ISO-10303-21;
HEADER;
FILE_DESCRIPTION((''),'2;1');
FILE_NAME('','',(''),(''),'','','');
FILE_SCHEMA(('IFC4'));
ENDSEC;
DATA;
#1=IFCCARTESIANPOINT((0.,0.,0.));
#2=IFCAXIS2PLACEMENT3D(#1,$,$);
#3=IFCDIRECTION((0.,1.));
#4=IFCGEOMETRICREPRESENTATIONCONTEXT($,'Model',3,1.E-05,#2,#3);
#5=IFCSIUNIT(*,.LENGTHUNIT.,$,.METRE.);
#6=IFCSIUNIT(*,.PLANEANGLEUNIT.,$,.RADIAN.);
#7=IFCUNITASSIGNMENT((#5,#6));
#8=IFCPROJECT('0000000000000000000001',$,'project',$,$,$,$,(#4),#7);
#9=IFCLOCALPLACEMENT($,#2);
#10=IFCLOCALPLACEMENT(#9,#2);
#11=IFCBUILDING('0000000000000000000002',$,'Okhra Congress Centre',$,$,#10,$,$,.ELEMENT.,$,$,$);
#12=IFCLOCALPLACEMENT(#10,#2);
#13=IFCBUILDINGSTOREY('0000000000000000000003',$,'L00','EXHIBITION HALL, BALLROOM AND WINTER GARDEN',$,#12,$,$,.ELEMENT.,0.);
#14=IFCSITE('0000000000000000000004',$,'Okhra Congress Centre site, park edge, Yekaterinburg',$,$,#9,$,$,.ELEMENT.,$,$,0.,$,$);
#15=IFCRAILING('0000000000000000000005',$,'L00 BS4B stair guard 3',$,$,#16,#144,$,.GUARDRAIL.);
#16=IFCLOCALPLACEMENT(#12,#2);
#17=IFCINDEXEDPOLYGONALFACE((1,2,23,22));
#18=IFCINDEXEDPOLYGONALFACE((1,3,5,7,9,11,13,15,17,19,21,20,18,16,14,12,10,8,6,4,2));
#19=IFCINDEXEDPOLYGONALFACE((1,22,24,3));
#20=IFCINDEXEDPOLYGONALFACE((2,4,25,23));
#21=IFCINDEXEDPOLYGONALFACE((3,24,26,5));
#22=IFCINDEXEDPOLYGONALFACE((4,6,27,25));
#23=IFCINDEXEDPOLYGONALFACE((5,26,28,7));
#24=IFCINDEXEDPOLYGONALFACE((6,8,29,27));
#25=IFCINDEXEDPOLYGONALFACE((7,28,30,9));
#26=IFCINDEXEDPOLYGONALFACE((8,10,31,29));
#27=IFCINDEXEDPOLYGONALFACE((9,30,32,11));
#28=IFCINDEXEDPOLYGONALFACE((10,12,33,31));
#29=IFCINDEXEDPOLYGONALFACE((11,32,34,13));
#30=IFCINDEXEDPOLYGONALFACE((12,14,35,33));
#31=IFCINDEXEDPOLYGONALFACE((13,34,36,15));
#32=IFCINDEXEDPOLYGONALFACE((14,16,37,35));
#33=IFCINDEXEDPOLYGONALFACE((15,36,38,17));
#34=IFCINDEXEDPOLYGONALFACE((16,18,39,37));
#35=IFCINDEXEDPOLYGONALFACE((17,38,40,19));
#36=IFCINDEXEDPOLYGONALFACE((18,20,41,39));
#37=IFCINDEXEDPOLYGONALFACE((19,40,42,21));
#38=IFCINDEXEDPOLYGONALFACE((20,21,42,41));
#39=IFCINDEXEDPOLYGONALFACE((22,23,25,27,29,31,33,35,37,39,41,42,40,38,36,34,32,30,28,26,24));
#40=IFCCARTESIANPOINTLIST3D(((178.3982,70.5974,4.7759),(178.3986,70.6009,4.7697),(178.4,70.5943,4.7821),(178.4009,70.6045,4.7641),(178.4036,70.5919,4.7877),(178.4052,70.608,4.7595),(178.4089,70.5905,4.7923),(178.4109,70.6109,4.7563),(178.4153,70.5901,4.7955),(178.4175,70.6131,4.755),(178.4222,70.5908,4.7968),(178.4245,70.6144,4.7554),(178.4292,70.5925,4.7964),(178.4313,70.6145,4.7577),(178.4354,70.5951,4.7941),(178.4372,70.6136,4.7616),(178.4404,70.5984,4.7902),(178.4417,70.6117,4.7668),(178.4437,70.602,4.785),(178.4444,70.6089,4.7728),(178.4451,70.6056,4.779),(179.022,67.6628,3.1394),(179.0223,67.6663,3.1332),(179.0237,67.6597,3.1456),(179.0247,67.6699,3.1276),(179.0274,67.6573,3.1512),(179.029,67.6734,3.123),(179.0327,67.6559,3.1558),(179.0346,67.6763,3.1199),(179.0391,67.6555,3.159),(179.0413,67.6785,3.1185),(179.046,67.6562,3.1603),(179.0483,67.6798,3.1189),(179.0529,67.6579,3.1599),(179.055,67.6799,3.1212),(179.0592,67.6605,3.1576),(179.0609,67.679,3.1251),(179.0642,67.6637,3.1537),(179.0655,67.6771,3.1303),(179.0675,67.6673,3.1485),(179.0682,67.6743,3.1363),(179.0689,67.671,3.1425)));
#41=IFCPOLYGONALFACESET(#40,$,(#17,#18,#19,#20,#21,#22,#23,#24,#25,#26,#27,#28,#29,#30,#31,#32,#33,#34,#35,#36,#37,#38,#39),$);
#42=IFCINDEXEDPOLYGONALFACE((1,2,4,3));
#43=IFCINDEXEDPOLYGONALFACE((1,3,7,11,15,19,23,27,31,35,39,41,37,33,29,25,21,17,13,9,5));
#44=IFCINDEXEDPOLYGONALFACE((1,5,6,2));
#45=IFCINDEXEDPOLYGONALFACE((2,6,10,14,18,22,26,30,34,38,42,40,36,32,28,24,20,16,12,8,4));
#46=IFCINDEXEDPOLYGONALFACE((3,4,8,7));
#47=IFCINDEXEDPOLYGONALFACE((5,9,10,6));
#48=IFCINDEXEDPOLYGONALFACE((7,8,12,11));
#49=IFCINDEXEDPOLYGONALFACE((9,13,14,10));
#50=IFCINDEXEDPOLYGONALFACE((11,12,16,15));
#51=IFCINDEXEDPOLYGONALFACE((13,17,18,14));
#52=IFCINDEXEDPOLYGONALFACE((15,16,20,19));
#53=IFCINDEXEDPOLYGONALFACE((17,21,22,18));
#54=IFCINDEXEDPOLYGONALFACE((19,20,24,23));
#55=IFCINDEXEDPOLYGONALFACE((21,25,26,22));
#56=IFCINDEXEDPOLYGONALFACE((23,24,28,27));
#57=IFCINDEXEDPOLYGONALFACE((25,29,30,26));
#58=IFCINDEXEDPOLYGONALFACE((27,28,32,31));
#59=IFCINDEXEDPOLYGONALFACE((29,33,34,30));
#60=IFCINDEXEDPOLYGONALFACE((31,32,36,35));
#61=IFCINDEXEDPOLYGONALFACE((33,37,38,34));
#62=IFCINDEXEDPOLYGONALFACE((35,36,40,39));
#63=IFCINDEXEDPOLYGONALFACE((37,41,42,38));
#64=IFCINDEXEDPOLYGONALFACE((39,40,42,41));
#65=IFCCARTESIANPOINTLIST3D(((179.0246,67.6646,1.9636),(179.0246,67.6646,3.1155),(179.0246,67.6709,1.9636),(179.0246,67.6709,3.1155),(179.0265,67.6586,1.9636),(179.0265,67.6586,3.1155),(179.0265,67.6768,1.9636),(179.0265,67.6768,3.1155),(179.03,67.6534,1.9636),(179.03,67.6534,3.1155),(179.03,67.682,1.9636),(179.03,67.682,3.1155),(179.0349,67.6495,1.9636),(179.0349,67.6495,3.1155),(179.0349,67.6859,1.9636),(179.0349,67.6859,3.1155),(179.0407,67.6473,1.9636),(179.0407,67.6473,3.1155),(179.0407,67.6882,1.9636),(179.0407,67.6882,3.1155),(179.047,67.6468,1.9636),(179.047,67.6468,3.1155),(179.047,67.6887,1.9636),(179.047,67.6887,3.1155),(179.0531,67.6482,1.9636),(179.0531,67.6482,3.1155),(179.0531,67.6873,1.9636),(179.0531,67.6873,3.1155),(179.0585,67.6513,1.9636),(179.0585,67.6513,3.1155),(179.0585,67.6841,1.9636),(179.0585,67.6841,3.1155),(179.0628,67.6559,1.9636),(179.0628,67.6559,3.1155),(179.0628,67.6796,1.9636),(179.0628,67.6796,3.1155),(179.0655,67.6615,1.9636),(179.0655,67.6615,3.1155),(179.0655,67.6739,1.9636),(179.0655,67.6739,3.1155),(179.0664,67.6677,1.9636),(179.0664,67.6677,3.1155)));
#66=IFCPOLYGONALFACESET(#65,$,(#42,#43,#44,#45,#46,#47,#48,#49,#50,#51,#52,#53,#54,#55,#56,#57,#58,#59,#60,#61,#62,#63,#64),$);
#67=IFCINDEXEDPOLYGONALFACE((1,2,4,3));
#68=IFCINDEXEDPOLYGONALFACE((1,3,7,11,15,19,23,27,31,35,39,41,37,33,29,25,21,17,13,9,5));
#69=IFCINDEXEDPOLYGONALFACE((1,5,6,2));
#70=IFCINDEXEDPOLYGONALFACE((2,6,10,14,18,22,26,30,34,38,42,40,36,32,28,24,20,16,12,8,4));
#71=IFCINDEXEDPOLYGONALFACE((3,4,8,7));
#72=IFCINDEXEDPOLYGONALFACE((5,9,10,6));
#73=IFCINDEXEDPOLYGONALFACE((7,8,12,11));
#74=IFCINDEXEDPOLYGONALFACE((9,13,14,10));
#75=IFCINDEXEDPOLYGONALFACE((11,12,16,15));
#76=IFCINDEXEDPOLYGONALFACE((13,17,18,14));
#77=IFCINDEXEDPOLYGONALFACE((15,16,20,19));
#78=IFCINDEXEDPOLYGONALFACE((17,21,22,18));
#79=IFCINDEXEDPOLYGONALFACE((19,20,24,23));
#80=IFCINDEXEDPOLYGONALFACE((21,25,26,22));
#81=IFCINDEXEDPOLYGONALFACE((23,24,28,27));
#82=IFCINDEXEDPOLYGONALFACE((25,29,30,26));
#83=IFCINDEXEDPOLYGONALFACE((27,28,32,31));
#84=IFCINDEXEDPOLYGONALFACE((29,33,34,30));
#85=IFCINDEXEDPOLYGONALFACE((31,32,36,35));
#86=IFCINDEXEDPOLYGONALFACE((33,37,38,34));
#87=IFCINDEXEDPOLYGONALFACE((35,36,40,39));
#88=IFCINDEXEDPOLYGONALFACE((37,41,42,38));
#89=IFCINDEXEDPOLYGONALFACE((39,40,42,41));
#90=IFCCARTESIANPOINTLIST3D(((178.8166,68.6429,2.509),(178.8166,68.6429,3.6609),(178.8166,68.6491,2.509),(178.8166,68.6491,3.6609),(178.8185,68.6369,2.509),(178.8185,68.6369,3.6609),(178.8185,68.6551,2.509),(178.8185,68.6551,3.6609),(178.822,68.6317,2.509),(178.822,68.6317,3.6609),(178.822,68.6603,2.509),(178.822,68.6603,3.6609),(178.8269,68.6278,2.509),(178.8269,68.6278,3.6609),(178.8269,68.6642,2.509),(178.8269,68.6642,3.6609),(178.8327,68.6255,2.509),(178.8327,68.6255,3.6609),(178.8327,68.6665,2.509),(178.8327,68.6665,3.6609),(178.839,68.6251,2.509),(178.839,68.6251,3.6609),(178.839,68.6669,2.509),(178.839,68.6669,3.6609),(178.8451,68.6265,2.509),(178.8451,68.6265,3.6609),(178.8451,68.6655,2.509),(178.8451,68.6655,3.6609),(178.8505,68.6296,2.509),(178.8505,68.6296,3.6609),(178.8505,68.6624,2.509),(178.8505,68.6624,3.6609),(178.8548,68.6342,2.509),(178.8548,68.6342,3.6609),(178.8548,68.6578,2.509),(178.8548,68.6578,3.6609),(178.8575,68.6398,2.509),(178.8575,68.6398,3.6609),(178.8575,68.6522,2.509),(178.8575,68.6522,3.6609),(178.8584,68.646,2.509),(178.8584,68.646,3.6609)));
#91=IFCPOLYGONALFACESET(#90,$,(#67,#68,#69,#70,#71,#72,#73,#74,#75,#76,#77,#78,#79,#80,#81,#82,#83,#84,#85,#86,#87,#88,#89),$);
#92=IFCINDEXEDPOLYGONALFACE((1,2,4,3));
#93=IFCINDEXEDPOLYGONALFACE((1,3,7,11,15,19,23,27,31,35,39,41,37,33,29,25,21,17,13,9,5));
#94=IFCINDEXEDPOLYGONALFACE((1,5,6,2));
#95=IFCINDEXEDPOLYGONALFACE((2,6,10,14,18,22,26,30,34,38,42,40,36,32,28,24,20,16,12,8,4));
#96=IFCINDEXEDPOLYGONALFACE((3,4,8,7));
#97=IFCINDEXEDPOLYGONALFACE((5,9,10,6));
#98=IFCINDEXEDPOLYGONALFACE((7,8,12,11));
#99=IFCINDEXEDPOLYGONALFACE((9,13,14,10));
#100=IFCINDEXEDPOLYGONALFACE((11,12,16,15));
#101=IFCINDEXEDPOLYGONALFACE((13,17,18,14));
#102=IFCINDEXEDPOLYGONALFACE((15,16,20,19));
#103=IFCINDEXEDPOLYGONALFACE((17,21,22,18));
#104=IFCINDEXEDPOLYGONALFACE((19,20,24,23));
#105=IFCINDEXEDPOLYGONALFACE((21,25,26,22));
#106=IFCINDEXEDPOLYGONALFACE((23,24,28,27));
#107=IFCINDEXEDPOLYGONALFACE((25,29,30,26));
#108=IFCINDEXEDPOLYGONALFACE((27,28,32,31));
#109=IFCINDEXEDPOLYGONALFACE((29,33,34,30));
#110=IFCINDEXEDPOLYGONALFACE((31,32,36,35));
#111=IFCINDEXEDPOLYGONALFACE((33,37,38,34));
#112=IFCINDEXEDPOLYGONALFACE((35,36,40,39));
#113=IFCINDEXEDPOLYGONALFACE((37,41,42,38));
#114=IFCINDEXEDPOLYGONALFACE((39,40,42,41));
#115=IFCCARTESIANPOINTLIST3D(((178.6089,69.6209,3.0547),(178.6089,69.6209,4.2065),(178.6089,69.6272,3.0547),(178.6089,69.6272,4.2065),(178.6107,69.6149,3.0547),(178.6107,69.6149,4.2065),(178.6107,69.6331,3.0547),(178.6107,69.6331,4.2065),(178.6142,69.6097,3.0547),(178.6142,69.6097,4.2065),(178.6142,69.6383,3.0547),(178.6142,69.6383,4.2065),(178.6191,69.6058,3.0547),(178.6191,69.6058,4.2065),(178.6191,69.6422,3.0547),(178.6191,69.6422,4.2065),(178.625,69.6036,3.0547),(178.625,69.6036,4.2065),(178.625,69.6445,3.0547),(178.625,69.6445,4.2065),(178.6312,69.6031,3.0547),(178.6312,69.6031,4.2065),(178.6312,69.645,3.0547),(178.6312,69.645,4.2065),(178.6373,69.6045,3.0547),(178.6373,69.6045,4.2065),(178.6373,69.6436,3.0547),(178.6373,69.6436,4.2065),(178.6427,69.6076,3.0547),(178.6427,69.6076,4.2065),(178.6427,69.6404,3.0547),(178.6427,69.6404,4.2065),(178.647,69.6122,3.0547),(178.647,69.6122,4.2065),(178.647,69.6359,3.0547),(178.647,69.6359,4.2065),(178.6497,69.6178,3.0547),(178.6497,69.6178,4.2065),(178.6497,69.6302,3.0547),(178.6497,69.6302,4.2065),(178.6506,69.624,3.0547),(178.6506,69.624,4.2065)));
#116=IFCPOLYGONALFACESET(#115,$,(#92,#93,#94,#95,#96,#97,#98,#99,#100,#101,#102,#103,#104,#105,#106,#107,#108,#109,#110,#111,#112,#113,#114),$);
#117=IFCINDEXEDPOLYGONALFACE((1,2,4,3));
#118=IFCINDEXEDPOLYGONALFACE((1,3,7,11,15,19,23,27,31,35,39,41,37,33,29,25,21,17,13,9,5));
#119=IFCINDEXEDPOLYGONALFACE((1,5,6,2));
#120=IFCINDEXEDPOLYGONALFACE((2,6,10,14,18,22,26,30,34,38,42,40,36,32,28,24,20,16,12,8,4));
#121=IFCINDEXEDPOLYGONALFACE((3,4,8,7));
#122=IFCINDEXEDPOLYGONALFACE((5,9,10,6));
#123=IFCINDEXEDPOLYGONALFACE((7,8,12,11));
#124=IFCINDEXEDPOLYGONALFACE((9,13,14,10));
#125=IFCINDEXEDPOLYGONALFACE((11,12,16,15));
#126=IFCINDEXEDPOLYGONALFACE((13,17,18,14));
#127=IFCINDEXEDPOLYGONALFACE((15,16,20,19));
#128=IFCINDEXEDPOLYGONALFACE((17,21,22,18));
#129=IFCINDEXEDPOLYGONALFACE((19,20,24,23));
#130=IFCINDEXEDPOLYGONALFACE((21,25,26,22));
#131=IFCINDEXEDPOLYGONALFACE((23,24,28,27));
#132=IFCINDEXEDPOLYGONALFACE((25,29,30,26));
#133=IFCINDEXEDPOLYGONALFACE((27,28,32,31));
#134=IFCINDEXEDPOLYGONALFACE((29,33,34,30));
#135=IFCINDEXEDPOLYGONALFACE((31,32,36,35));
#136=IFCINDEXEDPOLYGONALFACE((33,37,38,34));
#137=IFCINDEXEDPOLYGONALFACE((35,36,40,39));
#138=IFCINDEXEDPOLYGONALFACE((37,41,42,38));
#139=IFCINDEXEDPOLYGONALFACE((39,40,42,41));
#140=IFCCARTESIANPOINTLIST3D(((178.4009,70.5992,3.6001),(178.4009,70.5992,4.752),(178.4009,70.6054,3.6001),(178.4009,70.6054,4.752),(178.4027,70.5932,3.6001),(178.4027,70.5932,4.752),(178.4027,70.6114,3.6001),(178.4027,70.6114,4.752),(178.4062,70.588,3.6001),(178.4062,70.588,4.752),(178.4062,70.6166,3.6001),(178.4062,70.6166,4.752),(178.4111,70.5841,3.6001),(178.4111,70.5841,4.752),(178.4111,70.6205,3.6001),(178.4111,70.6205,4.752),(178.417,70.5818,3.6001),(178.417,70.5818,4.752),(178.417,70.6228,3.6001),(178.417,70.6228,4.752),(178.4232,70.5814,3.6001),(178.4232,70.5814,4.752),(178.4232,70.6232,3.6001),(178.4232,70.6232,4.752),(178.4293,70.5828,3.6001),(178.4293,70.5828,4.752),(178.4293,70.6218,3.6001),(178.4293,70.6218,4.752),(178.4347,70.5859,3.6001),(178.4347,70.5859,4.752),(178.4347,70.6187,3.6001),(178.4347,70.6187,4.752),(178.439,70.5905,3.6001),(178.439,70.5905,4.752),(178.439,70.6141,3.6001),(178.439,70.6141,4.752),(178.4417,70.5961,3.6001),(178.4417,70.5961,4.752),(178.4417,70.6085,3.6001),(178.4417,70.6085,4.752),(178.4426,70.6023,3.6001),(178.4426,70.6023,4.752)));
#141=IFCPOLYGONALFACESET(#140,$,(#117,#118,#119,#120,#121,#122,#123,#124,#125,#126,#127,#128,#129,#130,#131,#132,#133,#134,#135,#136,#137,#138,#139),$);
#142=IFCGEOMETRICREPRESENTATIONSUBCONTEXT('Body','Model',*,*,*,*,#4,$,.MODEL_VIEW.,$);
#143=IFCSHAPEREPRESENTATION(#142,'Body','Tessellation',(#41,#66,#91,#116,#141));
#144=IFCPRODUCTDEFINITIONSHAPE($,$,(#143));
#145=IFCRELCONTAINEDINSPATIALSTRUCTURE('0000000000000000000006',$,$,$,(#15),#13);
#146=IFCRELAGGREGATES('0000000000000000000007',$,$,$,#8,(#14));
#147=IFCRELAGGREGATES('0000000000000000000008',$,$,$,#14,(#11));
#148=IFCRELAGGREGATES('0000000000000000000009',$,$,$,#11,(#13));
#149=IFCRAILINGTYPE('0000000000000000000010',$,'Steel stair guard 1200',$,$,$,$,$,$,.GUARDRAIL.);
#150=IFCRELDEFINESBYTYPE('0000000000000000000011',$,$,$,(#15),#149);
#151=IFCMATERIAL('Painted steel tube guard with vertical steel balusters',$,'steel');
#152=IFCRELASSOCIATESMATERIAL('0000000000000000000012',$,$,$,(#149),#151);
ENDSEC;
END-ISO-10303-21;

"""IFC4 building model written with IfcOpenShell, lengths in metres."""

from ifc_helpers import new_model, si_unit, direction, frame, origin, origin_2d, place, context, subcontext, project, spatial, circle, extrude, material, type_object, element, save


model = new_model("IFC4")

# Units and contexts
model_context = context("Model", 3, precision=1e-05, world=origin(), true_north=direction((0.0, 1.0)))
body_context = subcontext(model_context, "Body", "Model", "MODEL_VIEW")
ifc_project = project(units=[si_unit("LENGTHUNIT", "METRE"), si_unit("PLANEANGLEUNIT", "RADIAN")], contexts=[model_context])

# Site, building, storey
site_placement = place(None, origin())
site = spatial("IfcSite", under=ifc_project, at=site_placement, Name="Okhra Congress Centre site, park edge, Yekaterinburg", CompositionType="ELEMENT", RefElevation=0.0)
building_placement = place(site_placement, origin())
building = spatial("IfcBuilding", under=site, at=building_placement, Name="Okhra Congress Centre", CompositionType="ELEMENT")
storey_placement = place(building_placement, origin())
storey = spatial("IfcBuildingStorey", under=building, at=storey_placement, Name="L00", Description="EXHIBITION HALL, BALLROOM AND WINTER GARDEN", CompositionType="ELEMENT", Elevation=0.0)

# Railing
ifc_material_1 = material(Name="Painted steel tube guard with vertical steel balusters", Category="steel")
railing_type_1 = type_object("IfcRailingType", Name="Steel stair guard 1200", PredefinedType="GUARDRAIL", material=ifc_material_1)
railing_1_placement = place(storey_placement, frame((179.0454, 67.6677, 1.9636)))
element("IfcRailing", 1, at=railing_1_placement, inside=storey, type_object=railing_type_1, Name="L00 BS4B stair guard 3", PredefinedType="GUARDRAIL", context=body_context, shape_type="SweptSolid", body=[
    extrude(circle(Radius=0.0239, at=origin_2d()), frame((0.0, 0.0, 1.1758), z_axis=(-0.182529, 0.858706, 0.478861), x_axis=(-0.978146, -0.207917, 0.0)), (0.0, 0.0, 1.0), 3.4175),
    extrude(circle(Radius=0.021, at=origin_2d()), origin(), (0.0, 0.0, 1.0), 1.1519),
    extrude(circle(Radius=0.021, at=origin_2d()), frame((-0.208, 0.9783, 0.5454)), (0.0, 0.0, 1.0), 1.1519),
    extrude(circle(Radius=0.021, at=origin_2d()), frame((-0.4158, 1.9563, 1.0911)), (0.0, 0.0, 1.0), 1.1519),
    extrude(circle(Radius=0.021, at=origin_2d()), frame((-0.6238, 2.9346, 1.6365)), (0.0, 0.0, 1.0), 1.1519),
])

save(model, "model.ifc")
